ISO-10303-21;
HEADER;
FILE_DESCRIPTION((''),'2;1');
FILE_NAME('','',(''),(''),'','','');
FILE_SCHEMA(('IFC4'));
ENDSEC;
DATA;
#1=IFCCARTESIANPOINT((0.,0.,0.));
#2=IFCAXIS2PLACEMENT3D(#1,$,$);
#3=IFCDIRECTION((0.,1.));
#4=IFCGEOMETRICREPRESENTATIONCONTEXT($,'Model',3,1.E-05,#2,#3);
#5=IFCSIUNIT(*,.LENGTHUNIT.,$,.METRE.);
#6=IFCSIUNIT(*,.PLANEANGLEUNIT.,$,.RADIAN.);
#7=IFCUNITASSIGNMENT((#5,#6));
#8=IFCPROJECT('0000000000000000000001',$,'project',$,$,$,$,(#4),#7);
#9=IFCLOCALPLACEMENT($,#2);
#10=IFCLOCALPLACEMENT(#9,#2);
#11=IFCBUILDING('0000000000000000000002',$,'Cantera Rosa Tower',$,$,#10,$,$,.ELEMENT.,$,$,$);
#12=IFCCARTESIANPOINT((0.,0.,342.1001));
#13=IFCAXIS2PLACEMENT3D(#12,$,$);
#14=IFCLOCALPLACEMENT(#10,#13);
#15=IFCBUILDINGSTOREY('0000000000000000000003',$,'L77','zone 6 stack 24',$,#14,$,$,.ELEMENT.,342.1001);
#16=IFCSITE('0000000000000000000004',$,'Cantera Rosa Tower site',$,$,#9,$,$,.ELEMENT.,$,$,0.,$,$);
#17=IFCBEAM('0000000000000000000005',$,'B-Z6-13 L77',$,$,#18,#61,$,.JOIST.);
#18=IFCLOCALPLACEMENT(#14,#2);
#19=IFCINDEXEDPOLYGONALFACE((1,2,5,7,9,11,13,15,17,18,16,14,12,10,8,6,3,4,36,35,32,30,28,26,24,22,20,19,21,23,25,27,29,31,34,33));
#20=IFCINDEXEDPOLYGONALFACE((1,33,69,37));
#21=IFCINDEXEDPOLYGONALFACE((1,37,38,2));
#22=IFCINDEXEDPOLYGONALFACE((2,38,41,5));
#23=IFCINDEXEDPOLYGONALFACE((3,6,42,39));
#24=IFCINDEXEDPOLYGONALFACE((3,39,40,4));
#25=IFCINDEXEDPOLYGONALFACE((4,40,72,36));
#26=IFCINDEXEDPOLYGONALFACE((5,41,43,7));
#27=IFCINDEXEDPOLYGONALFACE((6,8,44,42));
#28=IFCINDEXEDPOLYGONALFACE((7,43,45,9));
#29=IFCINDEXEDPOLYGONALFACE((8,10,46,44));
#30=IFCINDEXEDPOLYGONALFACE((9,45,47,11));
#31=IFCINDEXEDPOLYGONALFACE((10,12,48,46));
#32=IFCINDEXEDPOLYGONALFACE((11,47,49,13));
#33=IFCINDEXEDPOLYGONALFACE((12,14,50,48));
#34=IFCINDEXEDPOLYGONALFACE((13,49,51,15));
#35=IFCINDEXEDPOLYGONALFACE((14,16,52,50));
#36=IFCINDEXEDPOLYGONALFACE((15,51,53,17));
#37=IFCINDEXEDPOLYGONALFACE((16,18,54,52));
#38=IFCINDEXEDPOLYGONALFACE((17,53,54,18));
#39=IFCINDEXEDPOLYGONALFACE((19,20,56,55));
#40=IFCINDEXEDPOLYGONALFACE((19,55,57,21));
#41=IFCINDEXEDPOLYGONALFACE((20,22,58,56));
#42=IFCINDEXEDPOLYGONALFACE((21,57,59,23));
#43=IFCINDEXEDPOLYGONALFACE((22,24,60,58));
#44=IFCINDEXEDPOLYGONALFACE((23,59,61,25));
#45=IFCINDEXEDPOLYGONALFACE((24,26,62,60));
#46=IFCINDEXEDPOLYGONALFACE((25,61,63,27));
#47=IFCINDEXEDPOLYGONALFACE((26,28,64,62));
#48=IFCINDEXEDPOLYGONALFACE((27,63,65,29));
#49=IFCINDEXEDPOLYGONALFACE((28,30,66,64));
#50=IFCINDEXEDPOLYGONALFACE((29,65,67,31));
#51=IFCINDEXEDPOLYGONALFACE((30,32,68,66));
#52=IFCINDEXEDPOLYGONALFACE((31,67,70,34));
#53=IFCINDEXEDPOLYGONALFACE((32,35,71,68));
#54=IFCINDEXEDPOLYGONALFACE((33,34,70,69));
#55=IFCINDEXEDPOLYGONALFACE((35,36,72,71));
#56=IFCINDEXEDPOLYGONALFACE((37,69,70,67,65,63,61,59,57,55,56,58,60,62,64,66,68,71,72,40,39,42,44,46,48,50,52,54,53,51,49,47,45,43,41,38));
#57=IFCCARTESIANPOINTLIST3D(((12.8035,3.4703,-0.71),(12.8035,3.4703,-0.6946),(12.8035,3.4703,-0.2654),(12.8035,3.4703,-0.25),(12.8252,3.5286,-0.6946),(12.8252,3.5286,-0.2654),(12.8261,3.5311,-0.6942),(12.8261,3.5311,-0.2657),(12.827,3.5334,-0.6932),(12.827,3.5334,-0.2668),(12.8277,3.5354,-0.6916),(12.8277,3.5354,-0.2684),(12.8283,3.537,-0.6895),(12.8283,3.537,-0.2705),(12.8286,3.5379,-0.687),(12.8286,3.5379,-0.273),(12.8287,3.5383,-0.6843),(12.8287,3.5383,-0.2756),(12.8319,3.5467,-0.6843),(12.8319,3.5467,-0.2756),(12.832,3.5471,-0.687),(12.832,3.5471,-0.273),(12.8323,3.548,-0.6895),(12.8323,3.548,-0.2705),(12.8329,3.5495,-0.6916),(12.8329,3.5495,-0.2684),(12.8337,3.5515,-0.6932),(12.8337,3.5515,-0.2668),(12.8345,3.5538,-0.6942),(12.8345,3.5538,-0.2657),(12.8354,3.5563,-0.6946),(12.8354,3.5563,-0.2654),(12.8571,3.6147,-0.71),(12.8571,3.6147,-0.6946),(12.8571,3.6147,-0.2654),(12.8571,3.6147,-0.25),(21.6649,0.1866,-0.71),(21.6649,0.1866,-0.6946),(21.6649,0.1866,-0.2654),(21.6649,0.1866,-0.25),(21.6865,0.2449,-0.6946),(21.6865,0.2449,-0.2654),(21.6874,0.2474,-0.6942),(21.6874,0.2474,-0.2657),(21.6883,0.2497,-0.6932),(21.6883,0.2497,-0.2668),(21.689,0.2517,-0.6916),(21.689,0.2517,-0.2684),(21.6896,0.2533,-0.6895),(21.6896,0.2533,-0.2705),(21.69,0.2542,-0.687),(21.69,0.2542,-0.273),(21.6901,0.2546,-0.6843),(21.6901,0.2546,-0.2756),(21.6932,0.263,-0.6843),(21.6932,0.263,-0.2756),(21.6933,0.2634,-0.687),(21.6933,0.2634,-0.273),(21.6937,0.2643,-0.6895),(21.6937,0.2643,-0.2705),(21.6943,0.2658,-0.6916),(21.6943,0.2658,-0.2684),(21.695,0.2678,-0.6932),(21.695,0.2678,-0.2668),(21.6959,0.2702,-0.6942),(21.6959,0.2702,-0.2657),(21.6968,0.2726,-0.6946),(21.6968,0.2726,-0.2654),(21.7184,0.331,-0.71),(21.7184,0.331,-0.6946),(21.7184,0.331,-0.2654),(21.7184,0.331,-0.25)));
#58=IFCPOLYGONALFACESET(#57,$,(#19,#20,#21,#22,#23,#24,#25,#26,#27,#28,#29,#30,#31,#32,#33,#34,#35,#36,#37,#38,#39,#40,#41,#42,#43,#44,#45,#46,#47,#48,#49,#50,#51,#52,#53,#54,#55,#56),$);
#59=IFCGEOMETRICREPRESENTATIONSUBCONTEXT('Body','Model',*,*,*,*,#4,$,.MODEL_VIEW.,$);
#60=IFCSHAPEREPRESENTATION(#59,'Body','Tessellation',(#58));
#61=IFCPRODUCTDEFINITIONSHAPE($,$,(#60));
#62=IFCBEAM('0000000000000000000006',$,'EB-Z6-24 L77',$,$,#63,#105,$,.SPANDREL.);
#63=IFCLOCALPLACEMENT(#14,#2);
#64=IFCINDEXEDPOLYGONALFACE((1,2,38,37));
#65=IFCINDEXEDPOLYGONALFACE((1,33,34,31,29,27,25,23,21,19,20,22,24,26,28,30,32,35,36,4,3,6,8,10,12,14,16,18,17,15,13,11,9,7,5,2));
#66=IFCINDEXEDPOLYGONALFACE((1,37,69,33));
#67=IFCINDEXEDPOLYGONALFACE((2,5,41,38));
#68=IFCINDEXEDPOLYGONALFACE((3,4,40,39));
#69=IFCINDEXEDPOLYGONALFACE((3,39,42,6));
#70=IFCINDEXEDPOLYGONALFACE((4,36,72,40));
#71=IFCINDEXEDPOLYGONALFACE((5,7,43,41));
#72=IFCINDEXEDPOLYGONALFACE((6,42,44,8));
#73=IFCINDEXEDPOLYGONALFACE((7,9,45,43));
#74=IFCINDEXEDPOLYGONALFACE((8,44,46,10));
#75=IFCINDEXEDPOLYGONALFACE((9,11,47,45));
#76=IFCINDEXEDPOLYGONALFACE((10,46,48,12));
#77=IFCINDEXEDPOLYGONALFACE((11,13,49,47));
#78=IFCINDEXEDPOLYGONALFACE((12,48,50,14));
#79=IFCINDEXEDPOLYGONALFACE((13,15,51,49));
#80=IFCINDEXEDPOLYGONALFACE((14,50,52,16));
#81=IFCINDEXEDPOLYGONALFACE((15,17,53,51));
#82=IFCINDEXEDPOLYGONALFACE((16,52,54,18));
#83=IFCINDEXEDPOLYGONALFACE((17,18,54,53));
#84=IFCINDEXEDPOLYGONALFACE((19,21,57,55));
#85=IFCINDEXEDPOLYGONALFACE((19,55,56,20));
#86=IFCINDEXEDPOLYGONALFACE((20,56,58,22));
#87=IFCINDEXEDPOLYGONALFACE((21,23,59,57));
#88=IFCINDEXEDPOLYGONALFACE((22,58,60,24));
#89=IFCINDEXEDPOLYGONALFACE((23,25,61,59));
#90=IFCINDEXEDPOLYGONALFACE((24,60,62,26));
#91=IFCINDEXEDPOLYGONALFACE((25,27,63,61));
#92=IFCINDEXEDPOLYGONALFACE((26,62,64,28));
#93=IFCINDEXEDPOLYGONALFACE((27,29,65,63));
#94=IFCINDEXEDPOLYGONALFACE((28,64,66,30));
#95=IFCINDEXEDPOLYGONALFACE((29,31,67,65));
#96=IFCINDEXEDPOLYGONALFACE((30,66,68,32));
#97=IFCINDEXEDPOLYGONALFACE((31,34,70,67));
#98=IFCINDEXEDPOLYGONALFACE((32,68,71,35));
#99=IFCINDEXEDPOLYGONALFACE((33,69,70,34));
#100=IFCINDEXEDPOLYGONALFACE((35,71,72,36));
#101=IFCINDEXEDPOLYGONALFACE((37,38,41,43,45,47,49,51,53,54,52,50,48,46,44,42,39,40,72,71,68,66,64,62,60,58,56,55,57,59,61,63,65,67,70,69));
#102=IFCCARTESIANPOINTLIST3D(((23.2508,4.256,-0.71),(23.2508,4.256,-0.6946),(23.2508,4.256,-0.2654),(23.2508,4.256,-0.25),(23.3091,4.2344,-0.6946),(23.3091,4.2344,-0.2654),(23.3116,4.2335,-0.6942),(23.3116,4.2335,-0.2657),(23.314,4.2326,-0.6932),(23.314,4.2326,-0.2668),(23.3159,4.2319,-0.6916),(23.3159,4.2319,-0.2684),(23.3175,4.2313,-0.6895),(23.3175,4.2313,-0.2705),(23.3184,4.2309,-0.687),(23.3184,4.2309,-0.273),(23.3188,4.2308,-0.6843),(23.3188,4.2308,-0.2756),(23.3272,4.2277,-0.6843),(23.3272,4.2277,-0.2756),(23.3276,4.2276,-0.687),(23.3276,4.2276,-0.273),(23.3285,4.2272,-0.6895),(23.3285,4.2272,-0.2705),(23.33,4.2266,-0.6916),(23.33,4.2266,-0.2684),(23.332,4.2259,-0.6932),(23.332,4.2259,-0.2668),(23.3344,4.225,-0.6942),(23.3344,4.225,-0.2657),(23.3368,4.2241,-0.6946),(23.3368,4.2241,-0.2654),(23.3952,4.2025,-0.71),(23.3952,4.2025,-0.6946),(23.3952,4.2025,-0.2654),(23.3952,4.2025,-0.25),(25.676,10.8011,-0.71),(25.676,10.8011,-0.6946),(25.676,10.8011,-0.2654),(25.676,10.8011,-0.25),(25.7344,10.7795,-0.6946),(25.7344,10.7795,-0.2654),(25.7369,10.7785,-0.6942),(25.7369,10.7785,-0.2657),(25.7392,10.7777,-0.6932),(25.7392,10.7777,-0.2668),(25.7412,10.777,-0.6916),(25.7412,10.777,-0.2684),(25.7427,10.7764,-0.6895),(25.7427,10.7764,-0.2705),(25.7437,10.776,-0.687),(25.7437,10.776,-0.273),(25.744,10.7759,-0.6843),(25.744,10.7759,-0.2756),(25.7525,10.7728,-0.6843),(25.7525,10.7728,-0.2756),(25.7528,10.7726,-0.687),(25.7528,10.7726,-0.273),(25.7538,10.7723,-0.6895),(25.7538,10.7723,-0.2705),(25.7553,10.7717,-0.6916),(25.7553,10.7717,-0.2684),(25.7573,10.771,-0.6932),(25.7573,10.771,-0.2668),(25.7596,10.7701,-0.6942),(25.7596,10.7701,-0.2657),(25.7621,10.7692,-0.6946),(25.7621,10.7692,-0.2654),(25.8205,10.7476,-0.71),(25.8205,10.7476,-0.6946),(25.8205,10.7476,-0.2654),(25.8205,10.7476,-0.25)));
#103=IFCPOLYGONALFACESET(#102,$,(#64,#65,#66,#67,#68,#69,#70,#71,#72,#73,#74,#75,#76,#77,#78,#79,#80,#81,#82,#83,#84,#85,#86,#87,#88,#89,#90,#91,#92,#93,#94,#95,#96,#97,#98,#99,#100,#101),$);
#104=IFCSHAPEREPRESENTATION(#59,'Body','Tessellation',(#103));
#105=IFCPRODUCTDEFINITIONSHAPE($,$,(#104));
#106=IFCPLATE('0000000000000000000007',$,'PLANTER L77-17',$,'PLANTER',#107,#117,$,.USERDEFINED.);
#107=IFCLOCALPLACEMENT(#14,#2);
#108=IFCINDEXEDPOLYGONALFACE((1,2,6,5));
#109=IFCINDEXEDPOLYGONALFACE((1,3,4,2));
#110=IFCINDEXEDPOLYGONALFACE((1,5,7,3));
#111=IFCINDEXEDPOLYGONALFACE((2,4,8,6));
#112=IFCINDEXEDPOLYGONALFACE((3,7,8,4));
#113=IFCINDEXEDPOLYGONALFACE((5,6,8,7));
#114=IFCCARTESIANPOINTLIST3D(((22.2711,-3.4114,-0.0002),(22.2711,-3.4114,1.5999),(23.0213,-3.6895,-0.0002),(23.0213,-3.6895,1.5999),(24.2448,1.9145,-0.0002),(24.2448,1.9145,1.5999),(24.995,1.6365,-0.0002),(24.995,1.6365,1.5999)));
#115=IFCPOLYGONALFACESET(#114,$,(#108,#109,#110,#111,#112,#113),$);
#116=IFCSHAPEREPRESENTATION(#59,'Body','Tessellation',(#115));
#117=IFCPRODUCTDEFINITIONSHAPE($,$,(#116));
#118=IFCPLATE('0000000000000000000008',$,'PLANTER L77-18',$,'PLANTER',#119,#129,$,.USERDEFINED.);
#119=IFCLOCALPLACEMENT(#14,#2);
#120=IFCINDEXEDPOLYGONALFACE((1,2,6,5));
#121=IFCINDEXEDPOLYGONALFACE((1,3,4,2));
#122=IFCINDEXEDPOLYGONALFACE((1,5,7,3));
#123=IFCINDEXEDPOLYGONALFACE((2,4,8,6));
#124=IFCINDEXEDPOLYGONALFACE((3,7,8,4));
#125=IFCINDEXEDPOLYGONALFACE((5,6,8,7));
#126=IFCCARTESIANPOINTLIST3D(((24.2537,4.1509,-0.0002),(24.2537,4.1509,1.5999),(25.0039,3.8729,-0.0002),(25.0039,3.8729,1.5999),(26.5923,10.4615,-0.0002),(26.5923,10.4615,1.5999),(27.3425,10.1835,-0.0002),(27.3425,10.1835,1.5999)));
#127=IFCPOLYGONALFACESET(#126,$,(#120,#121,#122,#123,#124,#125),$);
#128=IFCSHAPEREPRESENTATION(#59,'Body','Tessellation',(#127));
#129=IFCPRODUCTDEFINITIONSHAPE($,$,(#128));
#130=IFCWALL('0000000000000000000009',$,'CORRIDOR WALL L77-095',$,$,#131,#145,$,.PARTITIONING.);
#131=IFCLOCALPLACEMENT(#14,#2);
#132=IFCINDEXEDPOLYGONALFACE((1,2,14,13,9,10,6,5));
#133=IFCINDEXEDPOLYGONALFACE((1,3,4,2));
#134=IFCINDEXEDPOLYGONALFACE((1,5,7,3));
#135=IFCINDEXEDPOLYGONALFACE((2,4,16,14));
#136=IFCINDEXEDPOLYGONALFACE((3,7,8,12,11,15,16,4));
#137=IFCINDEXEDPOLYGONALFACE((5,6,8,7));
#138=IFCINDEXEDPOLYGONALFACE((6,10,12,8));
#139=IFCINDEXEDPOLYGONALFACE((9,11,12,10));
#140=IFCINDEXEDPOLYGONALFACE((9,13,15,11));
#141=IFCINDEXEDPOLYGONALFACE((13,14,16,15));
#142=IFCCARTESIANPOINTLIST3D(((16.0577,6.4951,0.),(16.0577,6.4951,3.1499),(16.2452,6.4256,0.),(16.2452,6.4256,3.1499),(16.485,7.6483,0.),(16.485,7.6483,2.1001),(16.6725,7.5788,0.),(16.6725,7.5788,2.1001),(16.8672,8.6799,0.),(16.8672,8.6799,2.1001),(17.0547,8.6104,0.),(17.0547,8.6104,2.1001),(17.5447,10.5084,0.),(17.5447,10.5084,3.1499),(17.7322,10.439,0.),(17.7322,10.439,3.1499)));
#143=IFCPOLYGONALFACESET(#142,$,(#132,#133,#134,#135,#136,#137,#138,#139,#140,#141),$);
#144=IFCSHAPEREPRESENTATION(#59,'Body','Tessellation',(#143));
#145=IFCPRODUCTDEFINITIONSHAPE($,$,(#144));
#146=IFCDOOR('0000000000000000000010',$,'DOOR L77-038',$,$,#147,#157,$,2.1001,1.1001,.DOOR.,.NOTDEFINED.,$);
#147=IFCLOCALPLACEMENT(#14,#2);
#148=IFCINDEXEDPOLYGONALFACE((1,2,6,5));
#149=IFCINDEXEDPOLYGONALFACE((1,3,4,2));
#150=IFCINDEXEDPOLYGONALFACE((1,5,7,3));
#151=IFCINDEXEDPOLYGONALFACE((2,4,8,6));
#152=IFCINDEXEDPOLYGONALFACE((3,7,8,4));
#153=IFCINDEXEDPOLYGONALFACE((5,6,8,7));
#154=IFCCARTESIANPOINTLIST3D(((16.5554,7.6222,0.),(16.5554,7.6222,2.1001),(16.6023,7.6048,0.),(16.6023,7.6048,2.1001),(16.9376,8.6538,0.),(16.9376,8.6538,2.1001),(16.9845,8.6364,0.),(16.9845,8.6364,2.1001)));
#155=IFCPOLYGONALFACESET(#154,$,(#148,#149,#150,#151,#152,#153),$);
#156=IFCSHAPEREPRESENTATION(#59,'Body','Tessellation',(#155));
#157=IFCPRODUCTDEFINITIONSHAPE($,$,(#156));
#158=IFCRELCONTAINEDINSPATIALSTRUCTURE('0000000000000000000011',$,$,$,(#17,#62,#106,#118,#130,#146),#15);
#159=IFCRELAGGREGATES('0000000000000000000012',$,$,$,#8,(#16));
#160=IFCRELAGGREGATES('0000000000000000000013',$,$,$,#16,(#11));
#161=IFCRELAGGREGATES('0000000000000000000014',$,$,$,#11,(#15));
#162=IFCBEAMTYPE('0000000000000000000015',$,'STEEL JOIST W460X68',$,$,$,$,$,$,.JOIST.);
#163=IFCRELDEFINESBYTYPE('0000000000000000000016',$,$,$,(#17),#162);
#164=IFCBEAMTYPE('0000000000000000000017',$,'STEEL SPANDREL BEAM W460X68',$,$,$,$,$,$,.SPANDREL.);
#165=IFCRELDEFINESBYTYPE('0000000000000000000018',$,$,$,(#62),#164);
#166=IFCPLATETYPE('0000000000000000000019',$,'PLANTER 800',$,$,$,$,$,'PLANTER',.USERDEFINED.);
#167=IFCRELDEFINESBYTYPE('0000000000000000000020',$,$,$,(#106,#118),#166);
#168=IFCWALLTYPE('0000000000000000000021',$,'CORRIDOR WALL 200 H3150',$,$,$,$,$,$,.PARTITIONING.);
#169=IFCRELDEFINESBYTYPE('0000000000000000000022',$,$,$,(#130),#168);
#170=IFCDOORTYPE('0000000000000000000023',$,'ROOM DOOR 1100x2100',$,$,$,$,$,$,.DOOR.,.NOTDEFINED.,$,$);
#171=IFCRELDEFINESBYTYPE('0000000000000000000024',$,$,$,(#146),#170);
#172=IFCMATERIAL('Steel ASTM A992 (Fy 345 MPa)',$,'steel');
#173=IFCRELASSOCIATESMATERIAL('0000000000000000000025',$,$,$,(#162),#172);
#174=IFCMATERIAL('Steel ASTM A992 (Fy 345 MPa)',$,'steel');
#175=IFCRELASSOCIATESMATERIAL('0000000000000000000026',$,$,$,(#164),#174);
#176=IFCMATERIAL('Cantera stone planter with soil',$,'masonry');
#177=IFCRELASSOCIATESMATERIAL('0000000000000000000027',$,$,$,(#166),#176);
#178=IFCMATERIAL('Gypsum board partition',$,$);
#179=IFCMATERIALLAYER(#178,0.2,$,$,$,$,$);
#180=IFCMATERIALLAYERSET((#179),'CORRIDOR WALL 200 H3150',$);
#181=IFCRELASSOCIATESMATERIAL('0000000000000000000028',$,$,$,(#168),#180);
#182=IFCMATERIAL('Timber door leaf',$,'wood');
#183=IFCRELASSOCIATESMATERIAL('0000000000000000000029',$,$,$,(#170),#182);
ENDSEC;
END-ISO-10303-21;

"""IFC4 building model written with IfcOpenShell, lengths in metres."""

from ifc_helpers import new_model, si_unit, direction, frame, frame_2d, origin, origin_2d, place, context, subcontext, project, spatial, rectangle, i_section, extrude, material, layer, layer_set, material_profile, profile_set, type_object, element, fill, save


model = new_model("IFC4")

# Units and contexts
model_context = context("Model", 3, precision=1e-05, world=origin(), true_north=direction((0.0, 1.0)))
body_context = subcontext(model_context, "Body", "Model", "MODEL_VIEW")
ifc_project = project(units=[si_unit("LENGTHUNIT", "METRE"), si_unit("PLANEANGLEUNIT", "RADIAN")], contexts=[model_context])

# Site, building, storey
site_placement = place(None, origin())
site = spatial("IfcSite", under=ifc_project, at=site_placement, Name="Cantera Rosa Tower site", CompositionType="ELEMENT", RefElevation=0.0)
building_placement = place(site_placement, origin())
building = spatial("IfcBuilding", under=site, at=building_placement, Name="Cantera Rosa Tower", CompositionType="ELEMENT")
storey_placement = place(building_placement, frame((0.0, 0.0, 342.1001)))
storey = spatial("IfcBuildingStorey", under=building, at=storey_placement, Name="L77", Description="zone 6 stack 24", CompositionType="ELEMENT", Elevation=342.1001)

# Beams
ifc_material_1 = material(Name="Steel ASTM A992 (Fy 345 MPa)", Category="steel")
ifc_material_profile_1 = material_profile(ifc_material_1, i_section(OverallWidth=0.1541, OverallDepth=0.46, WebThickness=0.009, FlangeThickness=0.0154, FilletRadius=0.0103, at=origin_2d()), Name="W460X68")
ifc_profile_set_1 = profile_set([ifc_material_profile_1], Name="Steel ASTM A992 (Fy 345 MPa)")
beam_type_1 = type_object("IfcBeamType", Name="STEEL JOIST W460X68", PredefinedType="JOIST", material=ifc_profile_set_1)
beam_1_placement = place(storey_placement, frame((21.6917, 0.2588, -0.48), z_axis=(-0.93769, 0.347474, 0.0), x_axis=(-0.347474, -0.93769, 0.0)))
element("IfcBeam", 1, at=beam_1_placement, inside=storey, type_object=beam_type_1, Name="B-Z6-13 L77", PredefinedType="JOIST", context=body_context, shape_type="SweptSolid", body=[
    extrude(i_section(OverallWidth=0.1541, OverallDepth=0.46, WebThickness=0.009, FlangeThickness=0.0154, FilletRadius=0.0103, at=origin_2d()), origin(), (0.0, 0.0, 1.0), 9.4502),
])
ifc_material_2 = material(Name="Steel ASTM A992 (Fy 345 MPa)", Category="steel")
ifc_material_profile_2 = material_profile(ifc_material_2, i_section(OverallWidth=0.1541, OverallDepth=0.46, WebThickness=0.009, FlangeThickness=0.0154, FilletRadius=0.0103, at=origin_2d()), Name="W460X68")
ifc_profile_set_2 = profile_set([ifc_material_profile_2], Name="Steel ASTM A992 (Fy 345 MPa)")
beam_type_2 = type_object("IfcBeamType", Name="STEEL SPANDREL BEAM W460X68", PredefinedType="SPANDREL", material=ifc_profile_set_2)
beam_2_placement = place(storey_placement, frame((23.323, 4.2292, -0.48), z_axis=(0.34746, 0.937695, 0.0), x_axis=(-0.937695, 0.34746, 0.0)))
element("IfcBeam", 2, at=beam_2_placement, inside=storey, type_object=beam_type_2, Name="EB-Z6-24 L77", PredefinedType="SPANDREL", context=body_context, shape_type="SweptSolid", body=[
    extrude(i_section(OverallWidth=0.1541, OverallDepth=0.46, WebThickness=0.009, FlangeThickness=0.0154, FilletRadius=0.0103, at=origin_2d()), origin(), (0.0, 0.0, 1.0), 6.98),
])

# Plates
ifc_material_3 = material(Name="Cantera stone planter with soil", Category="masonry")
plate_type = type_object("IfcPlateType", Name="PLANTER 800", ElementType="PLANTER", PredefinedType="USERDEFINED", material=ifc_material_3)
plate_1_placement = place(storey_placement, frame((23.6331, -0.8875, -0.0002), z_axis=(0.0, 0.0, 1.0), x_axis=(0.347481, 0.937687, 0.0)))
element("IfcPlate", 3, at=plate_1_placement, inside=storey, type_object=plate_type, Name="PLANTER L77-17", ObjectType="PLANTER", PredefinedType="USERDEFINED", context=body_context, shape_type="SweptSolid", body=[
    extrude(rectangle(XDim=5.6799, YDim=0.8, at=origin_2d()), origin(), (0.0, 0.0, 1.0), 1.6001),
])
plate_2_placement = place(storey_placement, frame((25.7981, 7.1672, -0.0002), z_axis=(0.0, 0.0, 1.0), x_axis=(0.347481, 0.937687, 0.0)))
element("IfcPlate", 4, at=plate_2_placement, inside=storey, type_object=plate_type, Name="PLANTER L77-18", ObjectType="PLANTER", PredefinedType="USERDEFINED", context=body_context, shape_type="SweptSolid", body=[
    extrude(rectangle(XDim=6.73, YDim=0.8, at=origin_2d()), origin(), (0.0, 0.0, 1.0), 1.6001),
])

# Wall, opening, door
ifc_material_4 = material(Name="Gypsum board partition")
ifc_layer_1 = layer(ifc_material_4, 0.2)
ifc_layer_set_1 = layer_set([ifc_layer_1], Name="CORRIDOR WALL 200 H3150")
wall_type_1 = type_object("IfcWallType", Name="CORRIDOR WALL 200 H3150", PredefinedType="PARTITIONING", material=ifc_layer_set_1)
wall_1_placement = place(storey_placement, frame((16.1514, 6.4602, 0.0), z_axis=(0.0, 0.0, 1.0), x_axis=(0.347439, 0.937703, 0.0)))
wall_1 = element("IfcWall", 5, at=wall_1_placement, inside=storey, type_object=wall_type_1, Name="CORRIDOR WALL L77-095", PredefinedType="PARTITIONING", context=body_context, shape_type="SweptSolid", body=[
    extrude(rectangle(XDim=4.28, YDim=0.2, at=frame_2d((2.1401, 0.0))), origin(), (0.0, 0.0, 1.0), 3.1499),
])
opening_1_placement = place(wall_1_placement, frame((1.23, 0.0, 0.0)))
opening_1 = element("IfcOpeningElement", 6, at=opening_1_placement, cuts=wall_1, PredefinedType="OPENING", context=body_context, shape_type="SweptSolid", body=[
    extrude(rectangle(XDim=1.1001, YDim=2.1001, at=frame_2d((0.55, 1.05))), frame((0.0, 0.1099, 0.0), z_axis=(0.0, -1.0, 0.0), x_axis=(1.0, 0.0, 0.0)), (0.0, 0.0, 1.0), 0.22),
])
ifc_material_5 = material(Name="Timber door leaf", Category="wood")
door_type_1 = type_object("IfcDoorType", Name="ROOM DOOR 1100x2100", OperationType="NOTDEFINED", PredefinedType="DOOR", material=ifc_material_5)
door_1_placement = place(opening_1_placement, origin())
door_1 = element("IfcDoor", 7, at=door_1_placement, inside=storey, type_object=door_type_1, Name="DOOR L77-038", OperationType="NOTDEFINED", OverallHeight=2.1001, OverallWidth=1.1001, PredefinedType="DOOR", context=body_context, shape_type="SweptSolid", body=[
    extrude(rectangle(XDim=1.1001, YDim=2.1001, at=frame_2d((0.55, 1.05))), frame((0.0, 0.0249, 0.0), z_axis=(0.0, -1.0, 0.0), x_axis=(1.0, 0.0, 0.0)), (0.0, 0.0, 1.0), 0.05),
])
fill(opening_1, door_1)

save(model, "model.ifc")
